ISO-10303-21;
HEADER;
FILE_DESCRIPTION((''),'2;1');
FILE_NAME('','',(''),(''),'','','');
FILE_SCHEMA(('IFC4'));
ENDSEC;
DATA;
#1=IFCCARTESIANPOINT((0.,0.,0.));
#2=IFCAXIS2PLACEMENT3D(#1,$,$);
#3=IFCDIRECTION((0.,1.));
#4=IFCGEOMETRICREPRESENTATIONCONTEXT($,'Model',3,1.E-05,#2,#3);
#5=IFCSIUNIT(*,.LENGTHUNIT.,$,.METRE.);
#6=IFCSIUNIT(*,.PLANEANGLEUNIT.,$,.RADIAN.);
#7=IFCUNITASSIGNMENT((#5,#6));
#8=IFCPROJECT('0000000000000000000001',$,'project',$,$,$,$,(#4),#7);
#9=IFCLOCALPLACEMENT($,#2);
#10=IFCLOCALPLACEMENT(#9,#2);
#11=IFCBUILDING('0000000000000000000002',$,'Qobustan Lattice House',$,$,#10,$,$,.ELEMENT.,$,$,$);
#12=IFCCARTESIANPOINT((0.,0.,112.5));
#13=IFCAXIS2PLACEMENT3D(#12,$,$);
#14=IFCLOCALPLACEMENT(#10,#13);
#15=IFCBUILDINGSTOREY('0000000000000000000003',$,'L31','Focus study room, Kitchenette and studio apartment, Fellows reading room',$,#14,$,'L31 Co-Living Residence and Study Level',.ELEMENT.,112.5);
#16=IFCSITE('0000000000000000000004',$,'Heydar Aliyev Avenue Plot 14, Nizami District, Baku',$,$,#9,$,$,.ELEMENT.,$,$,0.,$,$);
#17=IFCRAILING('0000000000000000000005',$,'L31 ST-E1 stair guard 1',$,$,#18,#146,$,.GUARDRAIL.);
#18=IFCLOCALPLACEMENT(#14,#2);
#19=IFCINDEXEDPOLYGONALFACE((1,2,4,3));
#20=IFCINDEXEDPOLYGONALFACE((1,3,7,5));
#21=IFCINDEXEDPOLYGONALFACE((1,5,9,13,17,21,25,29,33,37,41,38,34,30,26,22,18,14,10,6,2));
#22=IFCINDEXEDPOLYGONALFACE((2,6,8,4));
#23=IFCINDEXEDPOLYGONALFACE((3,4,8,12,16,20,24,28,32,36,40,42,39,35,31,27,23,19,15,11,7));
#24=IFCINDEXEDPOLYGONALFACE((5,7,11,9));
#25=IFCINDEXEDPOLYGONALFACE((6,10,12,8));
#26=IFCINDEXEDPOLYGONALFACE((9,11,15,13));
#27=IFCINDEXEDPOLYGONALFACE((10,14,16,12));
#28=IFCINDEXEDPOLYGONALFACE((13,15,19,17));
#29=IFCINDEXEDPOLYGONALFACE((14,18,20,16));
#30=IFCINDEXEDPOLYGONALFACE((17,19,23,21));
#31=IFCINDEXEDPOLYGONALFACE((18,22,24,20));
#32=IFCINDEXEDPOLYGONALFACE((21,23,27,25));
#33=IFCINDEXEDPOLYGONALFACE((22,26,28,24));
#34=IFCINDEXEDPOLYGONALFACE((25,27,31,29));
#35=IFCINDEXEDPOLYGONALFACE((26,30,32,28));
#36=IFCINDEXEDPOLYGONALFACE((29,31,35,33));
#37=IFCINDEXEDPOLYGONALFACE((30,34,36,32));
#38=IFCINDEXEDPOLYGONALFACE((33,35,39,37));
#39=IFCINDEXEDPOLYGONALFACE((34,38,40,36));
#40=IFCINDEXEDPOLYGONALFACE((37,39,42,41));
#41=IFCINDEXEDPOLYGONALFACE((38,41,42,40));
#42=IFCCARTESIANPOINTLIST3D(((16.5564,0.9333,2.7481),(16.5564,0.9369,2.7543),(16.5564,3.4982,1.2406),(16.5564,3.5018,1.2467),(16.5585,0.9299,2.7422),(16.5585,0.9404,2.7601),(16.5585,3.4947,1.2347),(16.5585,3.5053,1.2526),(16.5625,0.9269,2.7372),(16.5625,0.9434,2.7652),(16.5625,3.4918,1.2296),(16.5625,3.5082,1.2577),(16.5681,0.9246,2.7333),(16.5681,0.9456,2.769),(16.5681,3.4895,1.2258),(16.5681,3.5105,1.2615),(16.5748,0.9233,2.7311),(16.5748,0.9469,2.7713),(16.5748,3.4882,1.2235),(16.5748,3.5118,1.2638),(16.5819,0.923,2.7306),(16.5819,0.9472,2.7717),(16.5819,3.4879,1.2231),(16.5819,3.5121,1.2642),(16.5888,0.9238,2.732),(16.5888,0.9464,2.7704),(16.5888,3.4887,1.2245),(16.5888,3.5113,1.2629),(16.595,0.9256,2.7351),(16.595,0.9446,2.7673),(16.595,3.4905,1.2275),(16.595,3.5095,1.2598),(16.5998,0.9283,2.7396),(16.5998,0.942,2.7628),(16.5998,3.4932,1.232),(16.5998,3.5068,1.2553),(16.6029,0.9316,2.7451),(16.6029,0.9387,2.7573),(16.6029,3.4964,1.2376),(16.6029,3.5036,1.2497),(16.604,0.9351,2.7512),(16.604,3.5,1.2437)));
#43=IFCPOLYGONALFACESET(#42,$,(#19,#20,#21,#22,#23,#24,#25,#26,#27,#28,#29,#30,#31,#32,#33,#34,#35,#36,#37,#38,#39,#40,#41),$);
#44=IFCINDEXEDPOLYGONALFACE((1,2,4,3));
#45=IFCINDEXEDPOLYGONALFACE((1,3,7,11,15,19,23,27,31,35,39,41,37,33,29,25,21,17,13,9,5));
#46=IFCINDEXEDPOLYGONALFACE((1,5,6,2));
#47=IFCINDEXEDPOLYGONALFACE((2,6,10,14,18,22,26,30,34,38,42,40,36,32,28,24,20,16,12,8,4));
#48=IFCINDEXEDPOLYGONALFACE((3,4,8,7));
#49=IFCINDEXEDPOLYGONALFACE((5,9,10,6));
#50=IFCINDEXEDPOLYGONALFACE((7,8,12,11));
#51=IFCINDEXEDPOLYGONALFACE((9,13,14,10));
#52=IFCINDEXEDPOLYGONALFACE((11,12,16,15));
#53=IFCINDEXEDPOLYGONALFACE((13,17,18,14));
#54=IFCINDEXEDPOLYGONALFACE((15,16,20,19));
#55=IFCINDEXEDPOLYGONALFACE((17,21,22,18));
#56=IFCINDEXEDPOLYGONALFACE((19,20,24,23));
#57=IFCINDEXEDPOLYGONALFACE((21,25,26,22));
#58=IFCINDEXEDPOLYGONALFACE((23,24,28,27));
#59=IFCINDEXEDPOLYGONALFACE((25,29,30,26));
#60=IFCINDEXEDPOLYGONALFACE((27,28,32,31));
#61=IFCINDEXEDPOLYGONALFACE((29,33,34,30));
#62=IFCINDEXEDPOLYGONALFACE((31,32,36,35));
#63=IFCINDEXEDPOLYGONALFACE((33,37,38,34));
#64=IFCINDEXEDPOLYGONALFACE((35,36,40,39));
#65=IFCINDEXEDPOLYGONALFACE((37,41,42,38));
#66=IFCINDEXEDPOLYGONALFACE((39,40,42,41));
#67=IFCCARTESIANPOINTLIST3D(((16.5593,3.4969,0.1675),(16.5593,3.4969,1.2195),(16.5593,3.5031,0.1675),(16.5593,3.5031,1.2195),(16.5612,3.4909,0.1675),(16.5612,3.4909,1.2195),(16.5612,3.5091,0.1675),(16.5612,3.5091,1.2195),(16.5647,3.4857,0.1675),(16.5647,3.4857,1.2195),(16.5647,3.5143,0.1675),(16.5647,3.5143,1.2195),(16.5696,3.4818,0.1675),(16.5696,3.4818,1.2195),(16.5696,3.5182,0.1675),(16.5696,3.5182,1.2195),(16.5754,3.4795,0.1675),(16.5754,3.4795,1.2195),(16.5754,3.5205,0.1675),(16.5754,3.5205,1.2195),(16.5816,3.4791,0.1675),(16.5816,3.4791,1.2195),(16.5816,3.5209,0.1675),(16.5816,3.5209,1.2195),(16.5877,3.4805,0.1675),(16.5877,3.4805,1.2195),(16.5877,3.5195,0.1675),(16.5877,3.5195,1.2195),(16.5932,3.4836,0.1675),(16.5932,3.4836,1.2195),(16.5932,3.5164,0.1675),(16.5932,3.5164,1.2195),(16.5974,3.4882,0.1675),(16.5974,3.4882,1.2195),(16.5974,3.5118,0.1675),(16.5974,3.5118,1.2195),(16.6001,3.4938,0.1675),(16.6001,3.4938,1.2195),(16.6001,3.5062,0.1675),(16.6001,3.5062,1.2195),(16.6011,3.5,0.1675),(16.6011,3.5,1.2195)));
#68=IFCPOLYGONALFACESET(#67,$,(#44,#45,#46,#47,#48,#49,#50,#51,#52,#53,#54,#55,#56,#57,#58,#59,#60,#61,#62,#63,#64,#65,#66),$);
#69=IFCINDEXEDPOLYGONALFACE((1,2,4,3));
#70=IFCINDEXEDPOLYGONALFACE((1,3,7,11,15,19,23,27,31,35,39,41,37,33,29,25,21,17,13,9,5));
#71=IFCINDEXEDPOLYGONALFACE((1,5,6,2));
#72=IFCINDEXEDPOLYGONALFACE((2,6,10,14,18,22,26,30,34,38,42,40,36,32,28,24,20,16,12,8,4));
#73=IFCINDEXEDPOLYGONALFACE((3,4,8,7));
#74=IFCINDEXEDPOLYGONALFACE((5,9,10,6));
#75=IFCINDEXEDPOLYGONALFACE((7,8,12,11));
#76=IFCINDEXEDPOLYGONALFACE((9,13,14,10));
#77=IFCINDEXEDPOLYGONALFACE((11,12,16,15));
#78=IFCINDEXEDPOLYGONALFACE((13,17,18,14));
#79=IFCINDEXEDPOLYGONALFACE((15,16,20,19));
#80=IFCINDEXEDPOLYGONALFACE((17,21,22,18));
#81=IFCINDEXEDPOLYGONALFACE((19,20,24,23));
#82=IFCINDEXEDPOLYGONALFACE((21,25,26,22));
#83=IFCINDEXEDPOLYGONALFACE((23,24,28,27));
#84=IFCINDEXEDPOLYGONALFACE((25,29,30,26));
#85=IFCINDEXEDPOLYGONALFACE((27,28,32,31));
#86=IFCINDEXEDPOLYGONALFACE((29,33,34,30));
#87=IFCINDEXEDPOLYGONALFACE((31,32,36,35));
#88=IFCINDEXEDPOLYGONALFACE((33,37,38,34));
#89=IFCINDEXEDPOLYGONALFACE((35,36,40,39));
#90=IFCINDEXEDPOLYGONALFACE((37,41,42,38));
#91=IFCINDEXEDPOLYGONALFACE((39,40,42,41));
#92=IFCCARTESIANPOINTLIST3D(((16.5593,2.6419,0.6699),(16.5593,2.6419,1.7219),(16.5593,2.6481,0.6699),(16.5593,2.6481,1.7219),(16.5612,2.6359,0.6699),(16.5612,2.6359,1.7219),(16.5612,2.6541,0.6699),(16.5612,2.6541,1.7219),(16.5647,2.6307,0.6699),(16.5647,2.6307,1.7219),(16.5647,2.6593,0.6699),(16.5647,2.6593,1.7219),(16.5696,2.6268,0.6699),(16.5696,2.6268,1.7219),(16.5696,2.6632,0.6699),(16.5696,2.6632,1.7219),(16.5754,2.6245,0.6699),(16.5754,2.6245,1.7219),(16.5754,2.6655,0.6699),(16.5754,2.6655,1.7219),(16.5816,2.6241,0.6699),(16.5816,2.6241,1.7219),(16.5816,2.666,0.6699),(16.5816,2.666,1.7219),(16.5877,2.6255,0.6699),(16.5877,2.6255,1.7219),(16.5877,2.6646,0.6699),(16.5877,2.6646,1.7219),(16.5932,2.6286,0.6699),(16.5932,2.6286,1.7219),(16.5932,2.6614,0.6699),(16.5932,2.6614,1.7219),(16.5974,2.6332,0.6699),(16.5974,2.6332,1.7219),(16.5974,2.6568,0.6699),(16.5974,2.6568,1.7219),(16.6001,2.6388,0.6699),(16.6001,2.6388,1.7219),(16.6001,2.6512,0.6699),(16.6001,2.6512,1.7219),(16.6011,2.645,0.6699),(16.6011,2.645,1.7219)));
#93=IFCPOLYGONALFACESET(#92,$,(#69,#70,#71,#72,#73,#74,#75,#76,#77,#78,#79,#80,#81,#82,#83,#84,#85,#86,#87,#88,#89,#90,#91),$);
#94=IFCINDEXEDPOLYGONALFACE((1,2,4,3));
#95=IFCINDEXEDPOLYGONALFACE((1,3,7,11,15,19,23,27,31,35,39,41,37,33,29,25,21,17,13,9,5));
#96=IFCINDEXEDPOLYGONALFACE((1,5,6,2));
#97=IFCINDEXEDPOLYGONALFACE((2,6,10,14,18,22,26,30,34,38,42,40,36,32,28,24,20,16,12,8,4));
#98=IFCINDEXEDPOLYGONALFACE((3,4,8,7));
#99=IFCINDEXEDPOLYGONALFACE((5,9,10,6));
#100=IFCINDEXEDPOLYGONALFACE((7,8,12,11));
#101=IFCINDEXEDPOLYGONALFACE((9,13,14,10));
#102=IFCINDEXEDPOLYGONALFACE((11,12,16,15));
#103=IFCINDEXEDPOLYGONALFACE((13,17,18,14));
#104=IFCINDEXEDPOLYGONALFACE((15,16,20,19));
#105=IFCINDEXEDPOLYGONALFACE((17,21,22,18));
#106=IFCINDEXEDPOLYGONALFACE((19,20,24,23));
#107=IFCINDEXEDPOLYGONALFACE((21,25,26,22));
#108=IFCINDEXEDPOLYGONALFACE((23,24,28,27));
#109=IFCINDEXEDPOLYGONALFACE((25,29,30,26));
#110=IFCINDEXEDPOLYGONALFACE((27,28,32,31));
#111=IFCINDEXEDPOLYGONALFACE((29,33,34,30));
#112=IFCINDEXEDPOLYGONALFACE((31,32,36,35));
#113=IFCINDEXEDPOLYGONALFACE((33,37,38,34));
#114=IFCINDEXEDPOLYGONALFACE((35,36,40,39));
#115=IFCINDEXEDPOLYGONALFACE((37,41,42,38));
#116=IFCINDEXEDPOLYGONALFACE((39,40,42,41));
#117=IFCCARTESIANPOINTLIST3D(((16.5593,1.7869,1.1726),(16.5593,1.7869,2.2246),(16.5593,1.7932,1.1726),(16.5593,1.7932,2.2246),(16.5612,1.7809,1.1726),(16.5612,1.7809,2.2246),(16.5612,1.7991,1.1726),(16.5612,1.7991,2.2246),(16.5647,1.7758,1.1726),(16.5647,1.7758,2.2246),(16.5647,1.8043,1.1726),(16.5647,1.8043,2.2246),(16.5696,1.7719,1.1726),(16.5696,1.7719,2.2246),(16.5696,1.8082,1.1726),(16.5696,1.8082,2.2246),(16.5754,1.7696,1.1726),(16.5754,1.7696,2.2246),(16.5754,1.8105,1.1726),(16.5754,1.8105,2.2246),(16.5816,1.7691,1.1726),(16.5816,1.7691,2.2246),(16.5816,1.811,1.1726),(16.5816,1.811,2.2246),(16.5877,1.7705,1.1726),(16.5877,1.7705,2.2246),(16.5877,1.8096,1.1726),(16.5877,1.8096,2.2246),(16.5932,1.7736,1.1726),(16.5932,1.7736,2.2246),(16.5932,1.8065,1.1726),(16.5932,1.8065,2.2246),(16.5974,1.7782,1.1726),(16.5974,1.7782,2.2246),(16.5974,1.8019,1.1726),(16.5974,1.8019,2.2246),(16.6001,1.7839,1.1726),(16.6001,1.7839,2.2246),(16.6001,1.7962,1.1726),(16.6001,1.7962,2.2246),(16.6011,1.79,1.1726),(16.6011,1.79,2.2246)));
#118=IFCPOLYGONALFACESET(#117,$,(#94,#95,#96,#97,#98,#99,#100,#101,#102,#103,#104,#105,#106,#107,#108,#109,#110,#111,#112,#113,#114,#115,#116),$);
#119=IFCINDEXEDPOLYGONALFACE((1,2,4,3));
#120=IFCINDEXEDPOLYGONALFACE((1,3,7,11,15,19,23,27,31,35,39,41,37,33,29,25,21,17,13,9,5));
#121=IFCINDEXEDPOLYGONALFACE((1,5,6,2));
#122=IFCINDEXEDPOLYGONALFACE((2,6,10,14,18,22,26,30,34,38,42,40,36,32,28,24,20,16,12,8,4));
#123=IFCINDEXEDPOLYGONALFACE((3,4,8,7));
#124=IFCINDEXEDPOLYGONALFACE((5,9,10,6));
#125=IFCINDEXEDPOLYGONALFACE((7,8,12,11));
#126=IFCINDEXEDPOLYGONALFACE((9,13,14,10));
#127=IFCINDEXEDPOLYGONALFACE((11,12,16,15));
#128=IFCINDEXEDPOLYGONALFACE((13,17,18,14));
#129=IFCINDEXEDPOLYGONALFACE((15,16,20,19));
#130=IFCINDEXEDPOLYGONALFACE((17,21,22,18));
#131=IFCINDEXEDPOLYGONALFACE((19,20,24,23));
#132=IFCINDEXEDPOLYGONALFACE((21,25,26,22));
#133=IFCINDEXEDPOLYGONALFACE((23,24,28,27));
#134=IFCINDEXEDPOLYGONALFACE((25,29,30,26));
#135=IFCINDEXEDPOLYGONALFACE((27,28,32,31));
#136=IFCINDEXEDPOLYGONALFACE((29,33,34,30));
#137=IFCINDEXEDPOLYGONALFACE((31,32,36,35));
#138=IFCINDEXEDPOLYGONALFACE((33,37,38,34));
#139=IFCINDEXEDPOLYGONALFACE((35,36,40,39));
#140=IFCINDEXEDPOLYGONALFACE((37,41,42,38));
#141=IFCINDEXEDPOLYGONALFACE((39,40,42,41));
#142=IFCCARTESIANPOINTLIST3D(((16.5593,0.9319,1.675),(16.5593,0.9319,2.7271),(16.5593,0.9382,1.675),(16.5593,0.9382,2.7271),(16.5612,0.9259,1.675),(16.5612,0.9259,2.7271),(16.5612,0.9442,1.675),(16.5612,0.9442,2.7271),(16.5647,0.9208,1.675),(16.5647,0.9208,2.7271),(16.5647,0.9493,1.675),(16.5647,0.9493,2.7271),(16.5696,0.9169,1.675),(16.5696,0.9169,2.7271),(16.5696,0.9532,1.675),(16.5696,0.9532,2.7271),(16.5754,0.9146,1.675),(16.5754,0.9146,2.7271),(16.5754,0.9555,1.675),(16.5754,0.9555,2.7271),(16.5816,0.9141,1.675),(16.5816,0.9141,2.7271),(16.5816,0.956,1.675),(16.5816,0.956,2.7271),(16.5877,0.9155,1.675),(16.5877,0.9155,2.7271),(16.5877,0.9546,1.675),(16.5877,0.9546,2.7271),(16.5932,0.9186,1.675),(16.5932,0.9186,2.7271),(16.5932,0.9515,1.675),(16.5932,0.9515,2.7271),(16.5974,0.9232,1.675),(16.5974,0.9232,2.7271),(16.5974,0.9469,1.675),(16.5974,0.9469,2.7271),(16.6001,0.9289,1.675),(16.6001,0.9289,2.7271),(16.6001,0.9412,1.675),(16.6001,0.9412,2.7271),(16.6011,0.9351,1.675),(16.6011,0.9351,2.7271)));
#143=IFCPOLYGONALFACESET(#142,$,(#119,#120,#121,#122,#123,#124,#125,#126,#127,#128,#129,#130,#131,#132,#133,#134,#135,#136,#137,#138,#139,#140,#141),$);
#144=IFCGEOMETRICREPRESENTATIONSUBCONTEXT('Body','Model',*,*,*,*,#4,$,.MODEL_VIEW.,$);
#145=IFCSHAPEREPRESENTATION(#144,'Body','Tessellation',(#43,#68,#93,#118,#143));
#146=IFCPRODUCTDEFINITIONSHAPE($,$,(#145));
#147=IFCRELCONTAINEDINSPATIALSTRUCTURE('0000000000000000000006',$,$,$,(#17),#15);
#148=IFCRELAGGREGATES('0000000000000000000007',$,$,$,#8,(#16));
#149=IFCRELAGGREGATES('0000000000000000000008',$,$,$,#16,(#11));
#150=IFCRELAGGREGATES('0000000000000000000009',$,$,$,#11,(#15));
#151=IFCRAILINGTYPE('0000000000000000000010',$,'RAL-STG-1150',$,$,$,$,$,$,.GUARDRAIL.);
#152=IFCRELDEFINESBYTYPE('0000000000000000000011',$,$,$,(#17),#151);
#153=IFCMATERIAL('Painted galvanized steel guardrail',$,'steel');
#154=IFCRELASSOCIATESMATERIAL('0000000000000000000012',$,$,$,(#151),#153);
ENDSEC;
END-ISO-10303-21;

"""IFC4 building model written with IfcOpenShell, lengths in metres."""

from ifc_helpers import new_model, si_unit, direction, frame, origin, origin_2d, place, context, subcontext, project, spatial, circle, extrude, material, type_object, element, save


model = new_model("IFC4")

# Units and contexts
model_context = context("Model", 3, precision=1e-05, world=origin(), true_north=direction((0.0, 1.0)))
body_context = subcontext(model_context, "Body", "Model", "MODEL_VIEW")
ifc_project = project(units=[si_unit("LENGTHUNIT", "METRE"), si_unit("PLANEANGLEUNIT", "RADIAN")], contexts=[model_context])

# Site, building, storey
site_placement = place(None, origin())
site = spatial("IfcSite", under=ifc_project, at=site_placement, Name="Heydar Aliyev Avenue Plot 14, Nizami District, Baku", CompositionType="ELEMENT", RefElevation=0.0)
building_placement = place(site_placement, origin())
building = spatial("IfcBuilding", under=site, at=building_placement, Name="Qobustan Lattice House", CompositionType="ELEMENT")
storey_placement = place(building_placement, frame((0.0, 0.0, 112.5)))
storey = spatial("IfcBuildingStorey", under=building, at=storey_placement, Name="L31", Description="Focus study room, Kitchenette and studio apartment, Fellows reading room", LongName="L31 Co-Living Residence and Study Level", CompositionType="ELEMENT", Elevation=112.5)

# Railing
ifc_material_1 = material(Name="Painted galvanized steel guardrail", Category="steel")
railing_type_1 = type_object("IfcRailingType", Name="RAL-STG-1150", PredefinedType="GUARDRAIL", material=ifc_material_1)
railing_1_placement = place(storey_placement, frame((16.5801, 3.5, 0.1675)))
element("IfcRailing", 1, at=railing_1_placement, inside=storey, type_object=railing_type_1, Name="L31 ST-E1 stair guard 1", PredefinedType="GUARDRAIL", context=body_context, shape_type="SweptSolid", body=[
    extrude(circle(Radius=0.0239, at=origin_2d()), frame((0.0, 0.0, 1.0762), z_axis=(0.0, -0.862113, 0.506715), x_axis=(1.0, 0.0, 0.0)), (0.0, 0.0, 1.0), 2.9751),
    extrude(circle(Radius=0.021, at=origin_2d()), origin(), (0.0, 0.0, 1.0), 1.052),
    extrude(circle(Radius=0.021, at=origin_2d()), frame((0.0, -0.855, 0.5024)), (0.0, 0.0, 1.0), 1.052),
    extrude(circle(Radius=0.021, at=origin_2d()), frame((0.0, -1.71, 1.0051)), (0.0, 0.0, 1.0), 1.052),
    extrude(circle(Radius=0.021, at=origin_2d()), frame((0.0, -2.5649, 1.5076)), (0.0, 0.0, 1.0), 1.052),
])

save(model, "model.ifc")
